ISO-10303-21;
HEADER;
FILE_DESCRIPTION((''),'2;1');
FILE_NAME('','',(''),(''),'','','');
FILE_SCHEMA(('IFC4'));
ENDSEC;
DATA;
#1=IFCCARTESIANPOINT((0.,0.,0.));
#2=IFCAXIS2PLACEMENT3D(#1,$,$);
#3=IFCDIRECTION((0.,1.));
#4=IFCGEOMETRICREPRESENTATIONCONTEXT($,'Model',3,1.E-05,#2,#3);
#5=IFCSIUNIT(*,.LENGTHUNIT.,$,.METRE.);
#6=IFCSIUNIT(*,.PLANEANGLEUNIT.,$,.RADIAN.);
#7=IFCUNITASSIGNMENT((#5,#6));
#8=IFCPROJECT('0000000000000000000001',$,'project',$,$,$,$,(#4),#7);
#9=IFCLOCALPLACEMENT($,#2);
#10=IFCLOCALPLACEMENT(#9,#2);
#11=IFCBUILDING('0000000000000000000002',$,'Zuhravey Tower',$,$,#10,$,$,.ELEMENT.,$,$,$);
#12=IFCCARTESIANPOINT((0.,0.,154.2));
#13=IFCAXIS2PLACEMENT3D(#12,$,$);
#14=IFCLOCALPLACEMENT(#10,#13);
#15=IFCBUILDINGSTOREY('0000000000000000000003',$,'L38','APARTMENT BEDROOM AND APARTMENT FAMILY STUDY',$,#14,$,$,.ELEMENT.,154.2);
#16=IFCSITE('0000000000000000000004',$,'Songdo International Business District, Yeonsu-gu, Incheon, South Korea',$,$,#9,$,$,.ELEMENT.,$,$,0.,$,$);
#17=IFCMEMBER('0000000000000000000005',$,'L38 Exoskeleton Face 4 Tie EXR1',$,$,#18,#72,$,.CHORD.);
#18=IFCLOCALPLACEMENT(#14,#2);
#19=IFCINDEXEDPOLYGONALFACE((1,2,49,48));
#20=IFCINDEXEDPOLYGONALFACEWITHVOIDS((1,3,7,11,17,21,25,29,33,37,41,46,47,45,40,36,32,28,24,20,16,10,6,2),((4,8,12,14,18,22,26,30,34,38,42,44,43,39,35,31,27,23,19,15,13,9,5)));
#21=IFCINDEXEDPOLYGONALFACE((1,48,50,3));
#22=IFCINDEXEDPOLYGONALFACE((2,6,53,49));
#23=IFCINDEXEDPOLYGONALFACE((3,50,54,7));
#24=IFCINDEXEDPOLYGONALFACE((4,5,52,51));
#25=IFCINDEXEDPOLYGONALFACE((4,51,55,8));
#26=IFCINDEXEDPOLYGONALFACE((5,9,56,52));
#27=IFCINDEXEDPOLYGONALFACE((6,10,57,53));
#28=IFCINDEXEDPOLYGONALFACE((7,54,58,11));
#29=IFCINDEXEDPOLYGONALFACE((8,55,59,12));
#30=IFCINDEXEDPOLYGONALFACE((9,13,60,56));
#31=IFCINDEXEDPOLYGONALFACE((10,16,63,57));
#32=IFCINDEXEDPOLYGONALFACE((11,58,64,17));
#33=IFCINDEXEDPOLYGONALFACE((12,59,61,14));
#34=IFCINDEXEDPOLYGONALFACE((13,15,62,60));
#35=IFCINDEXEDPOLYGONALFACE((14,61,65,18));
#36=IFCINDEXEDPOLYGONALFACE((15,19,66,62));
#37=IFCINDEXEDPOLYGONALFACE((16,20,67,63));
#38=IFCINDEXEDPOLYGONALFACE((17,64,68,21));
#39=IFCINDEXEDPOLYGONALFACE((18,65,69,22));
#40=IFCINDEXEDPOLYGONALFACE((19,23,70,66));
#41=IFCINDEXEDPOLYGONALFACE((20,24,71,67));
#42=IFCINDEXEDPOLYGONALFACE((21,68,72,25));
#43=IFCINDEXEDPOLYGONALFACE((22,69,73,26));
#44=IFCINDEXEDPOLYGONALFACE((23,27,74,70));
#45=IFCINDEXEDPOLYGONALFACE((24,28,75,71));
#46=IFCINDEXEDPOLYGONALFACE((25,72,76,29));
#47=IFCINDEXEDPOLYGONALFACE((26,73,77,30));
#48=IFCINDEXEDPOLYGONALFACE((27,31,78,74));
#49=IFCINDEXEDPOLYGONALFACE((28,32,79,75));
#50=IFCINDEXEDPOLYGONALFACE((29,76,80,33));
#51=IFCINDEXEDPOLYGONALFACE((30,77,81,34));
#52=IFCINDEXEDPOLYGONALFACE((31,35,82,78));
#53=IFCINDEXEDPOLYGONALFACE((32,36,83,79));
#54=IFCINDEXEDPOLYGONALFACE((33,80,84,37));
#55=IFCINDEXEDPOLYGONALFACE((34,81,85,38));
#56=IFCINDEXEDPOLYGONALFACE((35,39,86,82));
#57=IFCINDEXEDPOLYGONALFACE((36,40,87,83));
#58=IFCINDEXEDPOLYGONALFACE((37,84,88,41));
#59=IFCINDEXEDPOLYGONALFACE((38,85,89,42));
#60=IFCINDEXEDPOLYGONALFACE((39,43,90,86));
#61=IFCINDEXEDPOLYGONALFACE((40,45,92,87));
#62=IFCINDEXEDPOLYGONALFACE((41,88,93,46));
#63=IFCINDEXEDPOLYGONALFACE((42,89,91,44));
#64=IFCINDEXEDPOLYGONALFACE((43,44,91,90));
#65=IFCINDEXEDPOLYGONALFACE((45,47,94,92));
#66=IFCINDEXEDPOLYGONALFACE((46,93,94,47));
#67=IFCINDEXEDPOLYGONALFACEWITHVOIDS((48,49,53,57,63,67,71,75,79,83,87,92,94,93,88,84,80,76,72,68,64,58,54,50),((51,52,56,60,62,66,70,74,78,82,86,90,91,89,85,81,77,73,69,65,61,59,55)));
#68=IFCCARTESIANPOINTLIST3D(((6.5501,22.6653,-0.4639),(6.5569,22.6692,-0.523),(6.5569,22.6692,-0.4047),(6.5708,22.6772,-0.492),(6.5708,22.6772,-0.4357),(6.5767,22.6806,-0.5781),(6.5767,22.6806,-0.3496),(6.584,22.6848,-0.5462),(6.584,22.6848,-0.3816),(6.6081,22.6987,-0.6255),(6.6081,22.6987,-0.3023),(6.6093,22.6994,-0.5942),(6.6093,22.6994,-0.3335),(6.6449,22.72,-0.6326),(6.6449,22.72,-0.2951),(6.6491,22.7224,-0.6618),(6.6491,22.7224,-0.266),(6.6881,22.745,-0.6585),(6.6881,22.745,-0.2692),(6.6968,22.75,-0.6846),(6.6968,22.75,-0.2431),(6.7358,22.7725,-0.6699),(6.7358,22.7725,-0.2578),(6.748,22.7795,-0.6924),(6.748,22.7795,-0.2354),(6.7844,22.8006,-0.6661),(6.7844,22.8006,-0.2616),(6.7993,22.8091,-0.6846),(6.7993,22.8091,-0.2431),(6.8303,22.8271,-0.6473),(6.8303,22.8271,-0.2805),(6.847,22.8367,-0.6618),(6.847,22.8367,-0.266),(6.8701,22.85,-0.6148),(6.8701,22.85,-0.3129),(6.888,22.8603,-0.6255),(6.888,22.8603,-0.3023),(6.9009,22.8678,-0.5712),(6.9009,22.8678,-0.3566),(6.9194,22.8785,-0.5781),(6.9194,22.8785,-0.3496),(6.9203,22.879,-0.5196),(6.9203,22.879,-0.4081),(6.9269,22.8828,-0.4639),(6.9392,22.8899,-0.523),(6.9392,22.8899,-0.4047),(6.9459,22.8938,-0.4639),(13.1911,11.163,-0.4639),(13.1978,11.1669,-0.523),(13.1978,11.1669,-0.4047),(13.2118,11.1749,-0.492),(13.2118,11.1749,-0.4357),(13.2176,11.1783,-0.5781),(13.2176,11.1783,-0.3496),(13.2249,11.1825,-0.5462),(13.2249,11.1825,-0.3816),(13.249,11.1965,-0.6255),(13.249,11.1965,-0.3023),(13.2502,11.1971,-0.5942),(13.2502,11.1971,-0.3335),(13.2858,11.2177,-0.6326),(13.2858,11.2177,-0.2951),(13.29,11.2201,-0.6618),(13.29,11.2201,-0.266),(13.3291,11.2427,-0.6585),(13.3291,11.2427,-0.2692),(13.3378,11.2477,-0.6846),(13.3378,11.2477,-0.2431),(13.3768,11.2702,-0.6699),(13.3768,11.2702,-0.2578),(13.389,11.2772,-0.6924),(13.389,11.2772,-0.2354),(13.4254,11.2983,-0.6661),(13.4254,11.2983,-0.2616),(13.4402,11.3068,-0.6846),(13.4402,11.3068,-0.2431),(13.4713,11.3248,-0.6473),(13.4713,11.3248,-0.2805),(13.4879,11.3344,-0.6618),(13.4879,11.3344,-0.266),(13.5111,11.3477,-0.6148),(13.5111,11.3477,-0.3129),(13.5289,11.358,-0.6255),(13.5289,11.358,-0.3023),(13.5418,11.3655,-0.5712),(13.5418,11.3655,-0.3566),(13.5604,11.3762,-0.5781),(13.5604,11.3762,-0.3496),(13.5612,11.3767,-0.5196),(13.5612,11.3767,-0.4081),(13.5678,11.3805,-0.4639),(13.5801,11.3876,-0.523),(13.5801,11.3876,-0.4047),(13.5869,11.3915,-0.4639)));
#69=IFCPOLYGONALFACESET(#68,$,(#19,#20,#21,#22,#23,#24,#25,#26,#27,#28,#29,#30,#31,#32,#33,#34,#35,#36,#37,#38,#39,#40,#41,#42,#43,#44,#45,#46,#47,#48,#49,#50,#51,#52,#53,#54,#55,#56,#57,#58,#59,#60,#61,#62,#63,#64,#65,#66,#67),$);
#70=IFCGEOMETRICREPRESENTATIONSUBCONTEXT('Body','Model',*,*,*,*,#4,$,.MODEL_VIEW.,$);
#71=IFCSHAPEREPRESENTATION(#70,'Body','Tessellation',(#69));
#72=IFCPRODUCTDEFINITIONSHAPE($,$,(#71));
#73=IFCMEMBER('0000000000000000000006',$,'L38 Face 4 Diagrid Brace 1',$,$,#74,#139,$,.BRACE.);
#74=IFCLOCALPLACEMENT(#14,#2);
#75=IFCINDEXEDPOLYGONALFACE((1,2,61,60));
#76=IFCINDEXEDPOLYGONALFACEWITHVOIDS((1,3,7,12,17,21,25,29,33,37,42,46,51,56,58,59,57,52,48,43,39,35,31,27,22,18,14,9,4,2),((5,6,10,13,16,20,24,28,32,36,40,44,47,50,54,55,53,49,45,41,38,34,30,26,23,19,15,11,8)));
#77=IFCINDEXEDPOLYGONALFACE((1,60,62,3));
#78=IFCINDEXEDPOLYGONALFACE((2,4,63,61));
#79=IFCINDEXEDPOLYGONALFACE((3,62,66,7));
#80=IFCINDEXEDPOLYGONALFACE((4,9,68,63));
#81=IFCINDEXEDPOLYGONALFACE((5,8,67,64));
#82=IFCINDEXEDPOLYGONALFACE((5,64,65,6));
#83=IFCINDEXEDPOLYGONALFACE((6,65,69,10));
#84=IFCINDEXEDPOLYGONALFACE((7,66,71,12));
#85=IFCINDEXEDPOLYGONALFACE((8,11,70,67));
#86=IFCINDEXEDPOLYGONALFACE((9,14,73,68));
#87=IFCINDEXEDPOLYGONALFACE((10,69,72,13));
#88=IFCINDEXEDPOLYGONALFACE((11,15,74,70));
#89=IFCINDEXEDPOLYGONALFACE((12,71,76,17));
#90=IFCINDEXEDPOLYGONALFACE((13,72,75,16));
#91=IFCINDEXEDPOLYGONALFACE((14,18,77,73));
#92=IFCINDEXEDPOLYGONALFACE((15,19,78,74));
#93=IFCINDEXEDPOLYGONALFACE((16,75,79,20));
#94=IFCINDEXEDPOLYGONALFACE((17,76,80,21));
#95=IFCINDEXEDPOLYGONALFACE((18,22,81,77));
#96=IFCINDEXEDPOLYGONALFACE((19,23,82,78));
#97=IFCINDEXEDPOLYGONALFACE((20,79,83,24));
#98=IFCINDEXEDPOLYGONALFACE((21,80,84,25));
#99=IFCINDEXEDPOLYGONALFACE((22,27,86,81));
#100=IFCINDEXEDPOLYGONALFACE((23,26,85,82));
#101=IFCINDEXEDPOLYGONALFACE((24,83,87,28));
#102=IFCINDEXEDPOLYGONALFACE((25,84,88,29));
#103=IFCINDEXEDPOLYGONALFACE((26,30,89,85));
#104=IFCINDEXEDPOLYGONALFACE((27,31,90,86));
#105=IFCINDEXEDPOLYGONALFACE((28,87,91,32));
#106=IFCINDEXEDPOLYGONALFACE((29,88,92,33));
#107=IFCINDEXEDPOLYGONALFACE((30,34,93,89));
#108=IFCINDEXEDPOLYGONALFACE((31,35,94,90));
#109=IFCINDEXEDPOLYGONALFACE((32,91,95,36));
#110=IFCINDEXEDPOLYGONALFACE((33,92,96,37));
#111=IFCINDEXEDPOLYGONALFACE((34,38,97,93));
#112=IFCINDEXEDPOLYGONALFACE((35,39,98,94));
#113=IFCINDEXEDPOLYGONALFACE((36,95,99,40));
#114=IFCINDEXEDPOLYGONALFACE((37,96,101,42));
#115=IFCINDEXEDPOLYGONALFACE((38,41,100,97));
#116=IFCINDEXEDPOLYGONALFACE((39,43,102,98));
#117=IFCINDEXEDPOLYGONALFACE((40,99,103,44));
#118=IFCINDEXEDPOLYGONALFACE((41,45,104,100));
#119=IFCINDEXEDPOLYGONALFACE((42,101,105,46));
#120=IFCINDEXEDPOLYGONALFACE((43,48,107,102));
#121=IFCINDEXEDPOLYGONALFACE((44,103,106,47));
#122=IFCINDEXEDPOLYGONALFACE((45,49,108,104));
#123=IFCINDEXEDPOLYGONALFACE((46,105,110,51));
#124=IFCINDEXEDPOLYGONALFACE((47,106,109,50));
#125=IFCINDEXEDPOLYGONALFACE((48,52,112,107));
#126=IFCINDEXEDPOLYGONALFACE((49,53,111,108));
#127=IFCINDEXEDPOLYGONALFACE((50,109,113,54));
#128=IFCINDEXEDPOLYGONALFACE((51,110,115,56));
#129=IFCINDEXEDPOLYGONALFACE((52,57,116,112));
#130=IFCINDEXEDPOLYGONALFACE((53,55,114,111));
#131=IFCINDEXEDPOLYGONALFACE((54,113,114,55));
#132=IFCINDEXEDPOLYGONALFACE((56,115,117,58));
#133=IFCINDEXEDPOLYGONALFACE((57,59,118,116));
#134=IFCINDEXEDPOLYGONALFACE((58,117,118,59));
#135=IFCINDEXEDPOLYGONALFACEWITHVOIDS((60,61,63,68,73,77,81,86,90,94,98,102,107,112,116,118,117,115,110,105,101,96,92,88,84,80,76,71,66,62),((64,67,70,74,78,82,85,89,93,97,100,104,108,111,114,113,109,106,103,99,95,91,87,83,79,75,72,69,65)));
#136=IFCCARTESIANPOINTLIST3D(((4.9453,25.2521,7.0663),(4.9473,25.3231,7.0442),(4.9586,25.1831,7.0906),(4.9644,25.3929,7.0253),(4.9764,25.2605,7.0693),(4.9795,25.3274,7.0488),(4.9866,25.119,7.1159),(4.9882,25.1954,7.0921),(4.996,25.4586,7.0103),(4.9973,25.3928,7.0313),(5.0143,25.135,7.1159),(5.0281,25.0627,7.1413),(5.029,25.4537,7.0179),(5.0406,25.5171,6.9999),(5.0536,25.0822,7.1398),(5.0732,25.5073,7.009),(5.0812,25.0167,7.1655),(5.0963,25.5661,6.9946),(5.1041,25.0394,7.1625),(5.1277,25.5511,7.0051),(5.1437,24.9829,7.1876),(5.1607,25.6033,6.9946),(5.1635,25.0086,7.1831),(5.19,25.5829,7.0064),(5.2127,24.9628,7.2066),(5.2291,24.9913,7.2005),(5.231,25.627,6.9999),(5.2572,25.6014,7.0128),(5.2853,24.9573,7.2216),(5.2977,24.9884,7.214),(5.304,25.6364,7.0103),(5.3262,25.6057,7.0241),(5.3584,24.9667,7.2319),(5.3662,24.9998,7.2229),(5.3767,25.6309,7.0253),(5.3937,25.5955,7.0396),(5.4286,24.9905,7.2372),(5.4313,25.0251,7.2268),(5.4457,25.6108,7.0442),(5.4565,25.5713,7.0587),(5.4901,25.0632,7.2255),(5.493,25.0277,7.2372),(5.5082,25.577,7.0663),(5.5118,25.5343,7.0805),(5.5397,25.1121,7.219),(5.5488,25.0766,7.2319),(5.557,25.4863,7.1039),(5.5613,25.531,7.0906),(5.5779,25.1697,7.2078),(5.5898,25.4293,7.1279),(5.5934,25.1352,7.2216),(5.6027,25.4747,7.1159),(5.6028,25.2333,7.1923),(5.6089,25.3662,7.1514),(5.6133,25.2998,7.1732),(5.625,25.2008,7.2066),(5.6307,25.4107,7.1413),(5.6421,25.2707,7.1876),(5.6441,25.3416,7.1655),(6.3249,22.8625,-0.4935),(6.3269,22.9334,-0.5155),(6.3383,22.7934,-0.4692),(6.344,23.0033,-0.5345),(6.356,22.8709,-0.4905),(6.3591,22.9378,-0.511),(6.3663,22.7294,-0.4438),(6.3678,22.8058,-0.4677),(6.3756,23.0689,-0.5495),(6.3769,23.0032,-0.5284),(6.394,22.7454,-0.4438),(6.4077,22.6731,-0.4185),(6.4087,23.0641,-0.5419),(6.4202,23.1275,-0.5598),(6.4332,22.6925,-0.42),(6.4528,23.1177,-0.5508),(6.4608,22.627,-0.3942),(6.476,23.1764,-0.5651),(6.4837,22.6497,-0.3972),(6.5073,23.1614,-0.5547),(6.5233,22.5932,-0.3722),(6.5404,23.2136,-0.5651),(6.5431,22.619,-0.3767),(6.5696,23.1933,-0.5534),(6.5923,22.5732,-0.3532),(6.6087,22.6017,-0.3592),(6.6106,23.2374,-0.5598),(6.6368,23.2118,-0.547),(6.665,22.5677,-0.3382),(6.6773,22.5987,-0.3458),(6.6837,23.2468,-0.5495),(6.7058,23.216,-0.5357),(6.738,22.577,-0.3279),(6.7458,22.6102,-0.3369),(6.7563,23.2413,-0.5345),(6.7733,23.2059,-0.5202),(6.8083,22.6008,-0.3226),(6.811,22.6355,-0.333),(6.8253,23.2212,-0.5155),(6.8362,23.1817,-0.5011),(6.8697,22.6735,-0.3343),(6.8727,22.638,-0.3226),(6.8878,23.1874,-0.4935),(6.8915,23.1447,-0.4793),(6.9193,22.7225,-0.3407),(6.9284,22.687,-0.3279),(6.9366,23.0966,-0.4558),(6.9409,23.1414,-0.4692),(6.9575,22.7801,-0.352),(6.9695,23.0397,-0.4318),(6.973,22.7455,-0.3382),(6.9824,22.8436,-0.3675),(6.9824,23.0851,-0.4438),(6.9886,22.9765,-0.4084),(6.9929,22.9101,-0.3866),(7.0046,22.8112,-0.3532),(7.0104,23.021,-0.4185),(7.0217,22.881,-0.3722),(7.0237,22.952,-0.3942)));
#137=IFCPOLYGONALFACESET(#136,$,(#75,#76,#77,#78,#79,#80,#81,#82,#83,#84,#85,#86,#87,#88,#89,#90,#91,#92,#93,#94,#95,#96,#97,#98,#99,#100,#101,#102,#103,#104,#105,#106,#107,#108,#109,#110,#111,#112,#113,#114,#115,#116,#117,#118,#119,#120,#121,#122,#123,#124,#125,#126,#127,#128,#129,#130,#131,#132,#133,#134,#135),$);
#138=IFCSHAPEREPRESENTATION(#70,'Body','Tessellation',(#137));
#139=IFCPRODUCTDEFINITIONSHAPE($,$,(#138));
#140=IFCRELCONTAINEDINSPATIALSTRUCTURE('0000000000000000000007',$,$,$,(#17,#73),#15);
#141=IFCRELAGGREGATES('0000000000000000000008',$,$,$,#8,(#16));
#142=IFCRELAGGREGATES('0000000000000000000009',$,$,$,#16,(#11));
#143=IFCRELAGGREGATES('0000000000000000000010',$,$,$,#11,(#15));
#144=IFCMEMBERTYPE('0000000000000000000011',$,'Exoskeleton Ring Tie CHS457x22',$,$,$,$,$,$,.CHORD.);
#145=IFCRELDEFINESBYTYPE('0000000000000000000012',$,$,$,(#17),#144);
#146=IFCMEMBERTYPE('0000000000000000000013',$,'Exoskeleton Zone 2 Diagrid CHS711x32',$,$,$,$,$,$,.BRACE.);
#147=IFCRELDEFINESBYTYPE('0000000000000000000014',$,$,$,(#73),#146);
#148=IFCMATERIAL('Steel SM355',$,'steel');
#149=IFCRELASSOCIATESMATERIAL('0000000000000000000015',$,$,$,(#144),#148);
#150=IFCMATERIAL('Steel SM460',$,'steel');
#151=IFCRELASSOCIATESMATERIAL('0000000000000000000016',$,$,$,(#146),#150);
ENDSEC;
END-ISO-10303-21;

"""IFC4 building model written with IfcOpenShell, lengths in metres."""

from ifc_helpers import new_model, si_unit, direction, frame, origin, origin_2d, place, context, subcontext, project, spatial, hollow_circle, extrude, material, material_profile, profile_set, type_object, element, save


model = new_model("IFC4")

# Units and contexts
model_context = context("Model", 3, precision=1e-05, world=origin(), true_north=direction((0.0, 1.0)))
body_context = subcontext(model_context, "Body", "Model", "MODEL_VIEW")
ifc_project = project(units=[si_unit("LENGTHUNIT", "METRE"), si_unit("PLANEANGLEUNIT", "RADIAN")], contexts=[model_context])

# Site, building, storey
site_placement = place(None, origin())
site = spatial("IfcSite", under=ifc_project, at=site_placement, Name="Songdo International Business District, Yeonsu-gu, Incheon, South Korea", CompositionType="ELEMENT", RefElevation=0.0)
building_placement = place(site_placement, origin())
building = spatial("IfcBuilding", under=site, at=building_placement, Name="Zuhravey Tower", CompositionType="ELEMENT")
storey_placement = place(building_placement, frame((0.0, 0.0, 154.2)))
storey = spatial("IfcBuildingStorey", under=building, at=storey_placement, Name="L38", Description="APARTMENT BEDROOM AND APARTMENT FAMILY STUDY", CompositionType="ELEMENT", Elevation=154.2)

# Members
ifc_material_1 = material(Name="Steel SM355", Category="steel")
ifc_material_profile_1 = material_profile(ifc_material_1, hollow_circle(Radius=0.2285, WallThickness=0.022, at=origin_2d()), Name="CHS-457.2x22")
ifc_profile_set_1 = profile_set([ifc_material_profile_1], Name="Steel SM355")
member_type_1 = type_object("IfcMemberType", Name="Exoskeleton Ring Tie CHS457x22", PredefinedType="CHORD", material=ifc_profile_set_1)
member_1_placement = place(storey_placement, frame((6.748, 22.7795, -0.4639), z_axis=(0.500004, -0.866023, 0.0), x_axis=(0.866023, 0.500004, 0.0)))
element("IfcMember", 1, at=member_1_placement, inside=storey, type_object=member_type_1, Name="L38 Exoskeleton Face 4 Tie EXR1", PredefinedType="CHORD", context=body_context, shape_type="SweptSolid", body=[
    extrude(hollow_circle(Radius=0.2285, WallThickness=0.022, at=origin_2d()), origin(), (0.0, 0.0, 1.0), 13.2817),
])
ifc_material_2 = material(Name="Steel SM460", Category="steel")
ifc_material_profile_2 = material_profile(ifc_material_2, hollow_circle(Radius=0.3557, WallThickness=0.032, at=origin_2d()), Name="CHS-711.2x32")
ifc_profile_set_2 = profile_set([ifc_material_profile_2], Name="Steel SM460")
member_type_2 = type_object("IfcMemberType", Name="Exoskeleton Zone 2 Diagrid CHS711x32", PredefinedType="BRACE", material=ifc_profile_set_2)
member_2_placement = place(storey_placement, frame((6.6743, 22.9072, -0.4438), z_axis=(-0.171434, 0.296938, 0.939382), x_axis=(-0.866029, -0.499993, 0.0)))
element("IfcMember", 2, at=member_2_placement, inside=storey, type_object=member_type_2, Name="L38 Face 4 Diagrid Brace 1", PredefinedType="BRACE", context=body_context, shape_type="SweptSolid", body=[
    extrude(hollow_circle(Radius=0.3557, WallThickness=0.032, at=origin_2d()), origin(), (0.0, 0.0, 1.0), 8.0476),
])

save(model, "model.ifc")
